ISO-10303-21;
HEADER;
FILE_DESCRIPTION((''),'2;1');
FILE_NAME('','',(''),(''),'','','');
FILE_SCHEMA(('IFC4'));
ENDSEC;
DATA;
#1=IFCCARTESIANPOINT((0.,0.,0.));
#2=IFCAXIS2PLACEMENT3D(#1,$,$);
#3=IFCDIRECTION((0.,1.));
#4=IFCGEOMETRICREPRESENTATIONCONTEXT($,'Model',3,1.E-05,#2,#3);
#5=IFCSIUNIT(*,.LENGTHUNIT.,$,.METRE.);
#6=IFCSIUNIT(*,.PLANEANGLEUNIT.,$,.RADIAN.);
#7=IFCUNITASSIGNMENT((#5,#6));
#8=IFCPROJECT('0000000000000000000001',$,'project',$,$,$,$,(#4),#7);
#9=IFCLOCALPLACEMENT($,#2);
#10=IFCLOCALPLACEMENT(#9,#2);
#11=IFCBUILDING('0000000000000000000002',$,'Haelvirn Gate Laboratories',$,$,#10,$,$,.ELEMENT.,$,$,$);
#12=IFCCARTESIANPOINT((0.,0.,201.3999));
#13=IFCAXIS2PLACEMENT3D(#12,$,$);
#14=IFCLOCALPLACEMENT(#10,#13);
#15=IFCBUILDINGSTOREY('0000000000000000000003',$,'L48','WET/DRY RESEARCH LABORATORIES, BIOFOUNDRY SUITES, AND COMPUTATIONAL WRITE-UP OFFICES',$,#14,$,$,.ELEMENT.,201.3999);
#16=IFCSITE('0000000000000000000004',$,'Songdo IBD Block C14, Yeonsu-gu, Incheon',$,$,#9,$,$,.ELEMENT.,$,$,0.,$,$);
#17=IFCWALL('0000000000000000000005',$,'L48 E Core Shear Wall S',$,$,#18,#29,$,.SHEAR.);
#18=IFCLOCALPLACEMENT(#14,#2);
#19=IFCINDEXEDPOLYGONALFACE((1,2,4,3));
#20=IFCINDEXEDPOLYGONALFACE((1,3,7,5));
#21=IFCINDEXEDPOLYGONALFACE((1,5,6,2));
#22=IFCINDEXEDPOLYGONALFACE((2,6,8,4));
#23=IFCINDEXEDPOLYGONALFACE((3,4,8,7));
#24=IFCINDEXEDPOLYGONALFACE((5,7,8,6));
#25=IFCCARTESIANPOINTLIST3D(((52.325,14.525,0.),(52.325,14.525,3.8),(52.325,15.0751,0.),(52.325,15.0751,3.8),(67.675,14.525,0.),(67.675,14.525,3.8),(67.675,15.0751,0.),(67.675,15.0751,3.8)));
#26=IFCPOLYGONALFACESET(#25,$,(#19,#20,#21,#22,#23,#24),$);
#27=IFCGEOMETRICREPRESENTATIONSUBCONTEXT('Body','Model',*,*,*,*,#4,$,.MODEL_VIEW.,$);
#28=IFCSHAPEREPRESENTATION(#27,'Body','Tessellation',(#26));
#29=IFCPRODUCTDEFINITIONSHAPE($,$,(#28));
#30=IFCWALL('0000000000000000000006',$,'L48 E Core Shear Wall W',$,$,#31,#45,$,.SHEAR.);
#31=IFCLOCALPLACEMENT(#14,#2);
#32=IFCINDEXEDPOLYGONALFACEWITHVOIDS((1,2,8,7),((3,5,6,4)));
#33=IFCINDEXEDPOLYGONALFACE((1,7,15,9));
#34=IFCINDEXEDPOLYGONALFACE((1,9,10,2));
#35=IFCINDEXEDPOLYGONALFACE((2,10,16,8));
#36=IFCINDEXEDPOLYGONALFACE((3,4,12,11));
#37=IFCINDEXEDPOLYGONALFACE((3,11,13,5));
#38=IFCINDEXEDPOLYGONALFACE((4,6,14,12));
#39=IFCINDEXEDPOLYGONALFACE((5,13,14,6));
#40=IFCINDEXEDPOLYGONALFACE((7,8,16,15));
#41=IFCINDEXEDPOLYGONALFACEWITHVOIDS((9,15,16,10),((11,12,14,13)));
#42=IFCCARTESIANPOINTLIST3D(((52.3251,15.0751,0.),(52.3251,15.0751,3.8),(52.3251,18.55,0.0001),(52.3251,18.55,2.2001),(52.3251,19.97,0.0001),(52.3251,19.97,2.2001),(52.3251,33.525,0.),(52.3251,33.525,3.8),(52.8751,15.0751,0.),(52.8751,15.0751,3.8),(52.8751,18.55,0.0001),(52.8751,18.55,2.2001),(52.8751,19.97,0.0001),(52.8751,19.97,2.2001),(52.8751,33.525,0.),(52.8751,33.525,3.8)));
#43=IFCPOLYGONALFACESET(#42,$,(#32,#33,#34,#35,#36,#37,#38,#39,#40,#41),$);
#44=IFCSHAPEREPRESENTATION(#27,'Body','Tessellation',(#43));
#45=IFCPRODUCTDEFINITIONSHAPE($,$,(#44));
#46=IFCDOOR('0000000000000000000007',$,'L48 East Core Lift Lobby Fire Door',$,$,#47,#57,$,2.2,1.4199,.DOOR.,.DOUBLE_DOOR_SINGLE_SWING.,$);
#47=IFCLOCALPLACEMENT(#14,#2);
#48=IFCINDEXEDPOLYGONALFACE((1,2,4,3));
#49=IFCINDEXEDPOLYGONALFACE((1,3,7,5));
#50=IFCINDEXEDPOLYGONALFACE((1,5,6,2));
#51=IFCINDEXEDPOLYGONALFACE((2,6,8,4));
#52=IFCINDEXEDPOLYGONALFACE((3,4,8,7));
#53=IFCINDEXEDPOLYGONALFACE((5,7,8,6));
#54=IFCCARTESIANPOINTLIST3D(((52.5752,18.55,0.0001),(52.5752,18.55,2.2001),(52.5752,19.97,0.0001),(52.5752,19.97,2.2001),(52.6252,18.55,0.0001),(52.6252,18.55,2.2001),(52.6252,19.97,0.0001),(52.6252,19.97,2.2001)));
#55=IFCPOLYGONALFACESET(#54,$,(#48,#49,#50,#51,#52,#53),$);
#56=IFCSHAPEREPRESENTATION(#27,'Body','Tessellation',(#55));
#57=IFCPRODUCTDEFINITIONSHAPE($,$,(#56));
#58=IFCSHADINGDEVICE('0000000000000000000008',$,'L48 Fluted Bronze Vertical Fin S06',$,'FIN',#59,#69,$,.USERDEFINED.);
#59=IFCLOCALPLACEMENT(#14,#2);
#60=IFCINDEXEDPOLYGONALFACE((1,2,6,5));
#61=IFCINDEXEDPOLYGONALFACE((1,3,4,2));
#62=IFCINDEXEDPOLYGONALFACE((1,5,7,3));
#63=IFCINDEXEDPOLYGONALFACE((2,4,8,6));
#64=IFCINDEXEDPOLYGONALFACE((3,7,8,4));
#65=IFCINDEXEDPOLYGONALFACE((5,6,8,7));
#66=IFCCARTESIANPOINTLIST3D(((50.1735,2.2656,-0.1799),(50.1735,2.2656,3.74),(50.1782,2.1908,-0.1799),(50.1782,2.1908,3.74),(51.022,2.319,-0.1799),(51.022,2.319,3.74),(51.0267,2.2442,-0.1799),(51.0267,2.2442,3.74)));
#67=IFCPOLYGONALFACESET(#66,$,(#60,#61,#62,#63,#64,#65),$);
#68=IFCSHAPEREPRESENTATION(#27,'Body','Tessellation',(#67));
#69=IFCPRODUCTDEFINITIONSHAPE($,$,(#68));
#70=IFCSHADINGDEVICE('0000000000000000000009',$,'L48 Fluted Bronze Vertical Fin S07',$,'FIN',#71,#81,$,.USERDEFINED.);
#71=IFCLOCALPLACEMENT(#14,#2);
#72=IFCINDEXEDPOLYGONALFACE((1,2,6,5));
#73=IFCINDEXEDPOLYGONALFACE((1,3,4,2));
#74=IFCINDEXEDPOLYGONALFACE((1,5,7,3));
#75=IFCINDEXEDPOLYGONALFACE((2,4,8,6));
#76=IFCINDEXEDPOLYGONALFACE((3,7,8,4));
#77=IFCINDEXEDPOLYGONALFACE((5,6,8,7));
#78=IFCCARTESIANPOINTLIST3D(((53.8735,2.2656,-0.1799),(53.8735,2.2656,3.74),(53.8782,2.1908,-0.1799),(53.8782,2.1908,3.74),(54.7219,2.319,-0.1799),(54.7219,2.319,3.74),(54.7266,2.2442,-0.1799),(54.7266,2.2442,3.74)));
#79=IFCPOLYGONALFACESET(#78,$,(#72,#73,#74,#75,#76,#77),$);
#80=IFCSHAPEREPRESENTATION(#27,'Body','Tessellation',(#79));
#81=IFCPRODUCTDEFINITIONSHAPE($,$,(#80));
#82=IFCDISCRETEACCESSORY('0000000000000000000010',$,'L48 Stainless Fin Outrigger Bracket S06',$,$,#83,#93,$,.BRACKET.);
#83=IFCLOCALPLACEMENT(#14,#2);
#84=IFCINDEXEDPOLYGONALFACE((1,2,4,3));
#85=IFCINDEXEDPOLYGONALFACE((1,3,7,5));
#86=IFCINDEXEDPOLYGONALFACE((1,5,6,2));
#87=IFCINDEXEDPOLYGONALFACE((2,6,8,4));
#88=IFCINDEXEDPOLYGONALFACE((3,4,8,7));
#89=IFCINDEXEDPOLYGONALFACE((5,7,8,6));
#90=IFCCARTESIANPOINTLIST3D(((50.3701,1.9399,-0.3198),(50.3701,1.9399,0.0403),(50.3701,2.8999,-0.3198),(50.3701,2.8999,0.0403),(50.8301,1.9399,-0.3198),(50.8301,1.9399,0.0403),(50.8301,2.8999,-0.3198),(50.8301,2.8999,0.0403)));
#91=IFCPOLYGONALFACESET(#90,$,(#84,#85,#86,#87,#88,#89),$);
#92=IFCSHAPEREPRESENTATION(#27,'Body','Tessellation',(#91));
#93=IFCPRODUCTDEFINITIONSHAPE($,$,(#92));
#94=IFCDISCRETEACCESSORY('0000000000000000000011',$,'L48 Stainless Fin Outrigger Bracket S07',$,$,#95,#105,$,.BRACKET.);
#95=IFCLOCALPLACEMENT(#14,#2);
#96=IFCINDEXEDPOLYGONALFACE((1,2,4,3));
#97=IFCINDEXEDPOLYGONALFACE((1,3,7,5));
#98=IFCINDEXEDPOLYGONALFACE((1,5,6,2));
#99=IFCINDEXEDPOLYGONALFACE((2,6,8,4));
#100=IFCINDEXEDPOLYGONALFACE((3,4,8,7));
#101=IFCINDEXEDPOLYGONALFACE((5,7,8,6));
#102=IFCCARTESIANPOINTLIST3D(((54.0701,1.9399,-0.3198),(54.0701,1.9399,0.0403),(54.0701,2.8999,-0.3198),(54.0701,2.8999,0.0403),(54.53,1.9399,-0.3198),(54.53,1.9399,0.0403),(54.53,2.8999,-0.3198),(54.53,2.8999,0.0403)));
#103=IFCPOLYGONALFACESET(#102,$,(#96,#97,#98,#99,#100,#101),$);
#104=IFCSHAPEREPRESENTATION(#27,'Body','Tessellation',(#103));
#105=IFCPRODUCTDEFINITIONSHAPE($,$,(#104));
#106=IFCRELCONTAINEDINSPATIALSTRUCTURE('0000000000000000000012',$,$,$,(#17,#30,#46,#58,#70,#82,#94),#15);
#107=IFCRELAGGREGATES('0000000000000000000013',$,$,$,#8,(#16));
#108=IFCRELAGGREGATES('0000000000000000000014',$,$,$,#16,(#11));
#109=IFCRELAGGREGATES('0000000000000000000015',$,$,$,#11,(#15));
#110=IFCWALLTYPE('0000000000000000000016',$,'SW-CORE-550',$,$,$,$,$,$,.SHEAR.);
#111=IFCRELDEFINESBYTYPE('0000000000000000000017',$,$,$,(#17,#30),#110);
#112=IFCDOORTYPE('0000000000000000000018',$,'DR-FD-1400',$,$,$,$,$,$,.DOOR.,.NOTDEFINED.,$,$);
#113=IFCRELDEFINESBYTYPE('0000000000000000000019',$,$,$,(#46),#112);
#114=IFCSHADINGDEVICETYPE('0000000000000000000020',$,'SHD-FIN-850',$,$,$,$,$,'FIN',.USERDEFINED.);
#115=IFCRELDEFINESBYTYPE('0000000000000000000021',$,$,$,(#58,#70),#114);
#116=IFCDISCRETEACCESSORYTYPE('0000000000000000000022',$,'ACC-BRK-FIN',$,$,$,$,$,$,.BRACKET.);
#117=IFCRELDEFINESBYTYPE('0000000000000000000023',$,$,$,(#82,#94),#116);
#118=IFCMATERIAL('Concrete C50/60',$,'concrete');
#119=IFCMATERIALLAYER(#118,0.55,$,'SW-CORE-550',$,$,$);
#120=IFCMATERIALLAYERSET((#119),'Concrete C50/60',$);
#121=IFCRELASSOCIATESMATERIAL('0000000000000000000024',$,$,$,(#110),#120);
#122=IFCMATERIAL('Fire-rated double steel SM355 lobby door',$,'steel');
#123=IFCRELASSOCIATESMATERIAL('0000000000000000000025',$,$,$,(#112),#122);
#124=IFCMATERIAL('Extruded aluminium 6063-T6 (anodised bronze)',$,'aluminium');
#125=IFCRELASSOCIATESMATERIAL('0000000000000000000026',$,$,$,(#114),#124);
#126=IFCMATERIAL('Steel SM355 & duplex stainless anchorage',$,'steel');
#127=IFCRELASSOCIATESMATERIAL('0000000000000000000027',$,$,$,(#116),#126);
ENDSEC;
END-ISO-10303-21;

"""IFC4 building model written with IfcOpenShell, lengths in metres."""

from ifc_helpers import new_model, si_unit, direction, frame, frame_2d, origin, origin_2d, place, context, subcontext, project, spatial, rectangle, extrude, source, transform, mapped, material, layer, layer_set, material_profile, profile_set, type_object, type_shapes, element, fill, save


model = new_model("IFC4")

# Units and contexts
model_context = context("Model", 3, precision=1e-05, world=origin(), true_north=direction((0.0, 1.0)))
body_context = subcontext(model_context, "Body", "Model", "MODEL_VIEW")
ifc_project = project(units=[si_unit("LENGTHUNIT", "METRE"), si_unit("PLANEANGLEUNIT", "RADIAN")], contexts=[model_context])

# Site, building, storey
site_placement = place(None, origin())
site = spatial("IfcSite", under=ifc_project, at=site_placement, Name="Songdo IBD Block C14, Yeonsu-gu, Incheon", CompositionType="ELEMENT", RefElevation=0.0)
building_placement = place(site_placement, origin())
building = spatial("IfcBuilding", under=site, at=building_placement, Name="Haelvirn Gate Laboratories", CompositionType="ELEMENT")
storey_placement = place(building_placement, frame((0.0, 0.0, 201.3999)))
storey = spatial("IfcBuildingStorey", under=building, at=storey_placement, Name="L48", Description="WET/DRY RESEARCH LABORATORIES, BIOFOUNDRY SUITES, AND COMPUTATIONAL WRITE-UP OFFICES", CompositionType="ELEMENT", Elevation=201.3999)

# Shared definitions
ifc_material_1 = material(Name="Extruded aluminium 6063-T6 (anodised bronze)", Category="aluminium")

# Wall
ifc_material_2 = material(Name="Concrete C50/60", Category="concrete")
ifc_layer_1 = layer(ifc_material_2, 0.55, Name="SW-CORE-550")
ifc_layer_set_1 = layer_set([ifc_layer_1], Name="Concrete C50/60")
wall_type_1 = type_object("IfcWallType", Name="SW-CORE-550", PredefinedType="SHEAR", material=ifc_layer_set_1)
wall_1_placement = place(storey_placement, frame((52.325, 14.8, 0.0), z_axis=(0.0, 0.0, 1.0), x_axis=(1.0, 0.0, 0.0)))
element("IfcWall", 1, at=wall_1_placement, inside=storey, type_object=wall_type_1, Name="L48 E Core Shear Wall S", PredefinedType="SHEAR", context=body_context, shape_type="SweptSolid", body=[
    extrude(rectangle(XDim=15.3501, YDim=0.55, at=frame_2d((7.675, 0.0))), origin(), (0.0, 0.0, 1.0), 3.8),
])

# Wall, opening, door
wall_2_placement = place(storey_placement, frame((52.6001, 15.075, 0.0), z_axis=(0.0, 0.0, 1.0), x_axis=(0.0, 1.0, 0.0)))
wall_2 = element("IfcWall", 2, at=wall_2_placement, inside=storey, type_object=wall_type_1, Name="L48 E Core Shear Wall W", PredefinedType="SHEAR", context=body_context, shape_type="SweptSolid", body=[
    extrude(rectangle(XDim=18.45, YDim=0.55, at=frame_2d((9.2251, 0.0))), origin(), (0.0, 0.0, 1.0), 3.8),
])
opening_1_placement = place(wall_2_placement, frame((3.4751, 0.0, 0.0)))
opening_1 = element("IfcOpeningElement", 3, at=opening_1_placement, cuts=wall_2, PredefinedType="OPENING", context=body_context, shape_type="SweptSolid", body=[
    extrude(rectangle(XDim=1.4199, YDim=2.2, at=frame_2d((0.71, 1.1001))), frame((0.0, 0.2852, 0.0), z_axis=(0.0, -1.0, 0.0), x_axis=(1.0, 0.0, 0.0)), (0.0, 0.0, 1.0), 0.5701),
])
ifc_material_3 = material(Name="Fire-rated double steel SM355 lobby door", Category="steel")
door_type_1 = type_object("IfcDoorType", Name="DR-FD-1400", OperationType="NOTDEFINED", PredefinedType="DOOR", material=ifc_material_3)
shared_shape_1 = source(origin(), body_context, "Body", "SweptSolid", [
    extrude(rectangle(XDim=1.4199, YDim=2.2, at=frame_2d((0.71, 1.1001))), frame((0.0, 0.0249, 0.0), z_axis=(0.0, -1.0, 0.0), x_axis=(1.0, 0.0, 0.0)), (0.0, 0.0, 1.0), 0.05),
])
type_shapes(door_type_1, [shared_shape_1])
door_1_placement = place(opening_1_placement, origin())
door_1 = element("IfcDoor", 4, at=door_1_placement, inside=storey, type_object=door_type_1, Name="L48 East Core Lift Lobby Fire Door", OperationType="DOUBLE_DOOR_SINGLE_SWING", OverallHeight=2.2, OverallWidth=1.4199, PredefinedType="DOOR", context=body_context, shape_type="MappedRepresentation", body=[
    mapped(shared_shape_1, transform((0.0, 0.0, 0.0), scale=1.0)),
])
fill(opening_1, door_1)

# Shading devices
ifc_material_profile_1 = material_profile(ifc_material_1, rectangle(XDim=0.075, YDim=0.8501, at=origin_2d()), Name="FIN-850x75")
ifc_profile_set_1 = profile_set([ifc_material_profile_1], Name="Extruded aluminium 6063-T6 (anodised bronze)")
shading_device_type = type_object("IfcShadingDeviceType", Name="SHD-FIN-850", ElementType="FIN", PredefinedType="USERDEFINED", material=ifc_profile_set_1)
shared_shape_2 = source(origin(), body_context, "Body", "SweptSolid", [
    extrude(rectangle(XDim=0.075, YDim=0.8501, at=origin_2d()), origin(), (0.0, 0.0, 1.0), 3.9199),
])
type_shapes(shading_device_type, [shared_shape_2])
for number, where, z_axis, x_axis, name in (
    (5, (50.6001, 2.2549, -0.1799), (0.0, 0.0, 1.0), (-0.062791, 0.998027, 0.0), "L48 Fluted Bronze Vertical Fin S06"),
    (6, (54.3, 2.2549, -0.1799), (0.0, 0.0, 1.0), (-0.062791, 0.998027, 0.0), "L48 Fluted Bronze Vertical Fin S07"),
):
    element("IfcShadingDevice", number, at=place(storey_placement, frame(where, z_axis=z_axis, x_axis=x_axis)), inside=storey, type_object=shading_device_type, Name=name, ObjectType="FIN", PredefinedType="USERDEFINED", context=body_context, shape_type="MappedRepresentation", body=[
        mapped(shared_shape_2, transform((0.0, 0.0, 0.0), scale=1.0)),
    ])

# Discrete accessories
ifc_material_4 = material(Name="Steel SM355 & duplex stainless anchorage", Category="steel")
discrete_accessory_type = type_object("IfcDiscreteAccessoryType", Name="ACC-BRK-FIN", PredefinedType="BRACKET", material=ifc_material_4)
shared_shape_3 = source(origin(), body_context, "Body", "SweptSolid", [
    extrude(rectangle(XDim=0.46, YDim=0.96, at=origin_2d()), origin(), (0.0, 0.0, 1.0), 0.3601),
])
type_shapes(discrete_accessory_type, [shared_shape_3])
for number, where, z_axis, x_axis, name in (
    (7, (50.6001, 2.4199, -0.3198), (0.0, 0.0, 1.0), (1.0, 0.0, 0.0), "L48 Stainless Fin Outrigger Bracket S06"),
    (8, (54.3, 2.4199, -0.3198), (0.0, 0.0, 1.0), (1.0, 0.0, 0.0), "L48 Stainless Fin Outrigger Bracket S07"),
):
    element("IfcDiscreteAccessory", number, at=place(storey_placement, frame(where, z_axis=z_axis, x_axis=x_axis)), inside=storey, type_object=discrete_accessory_type, Name=name, PredefinedType="BRACKET", context=body_context, shape_type="MappedRepresentation", body=[
        mapped(shared_shape_3, transform((0.0, 0.0, 0.0), scale=1.0)),
    ])

save(model, "model.ifc")
